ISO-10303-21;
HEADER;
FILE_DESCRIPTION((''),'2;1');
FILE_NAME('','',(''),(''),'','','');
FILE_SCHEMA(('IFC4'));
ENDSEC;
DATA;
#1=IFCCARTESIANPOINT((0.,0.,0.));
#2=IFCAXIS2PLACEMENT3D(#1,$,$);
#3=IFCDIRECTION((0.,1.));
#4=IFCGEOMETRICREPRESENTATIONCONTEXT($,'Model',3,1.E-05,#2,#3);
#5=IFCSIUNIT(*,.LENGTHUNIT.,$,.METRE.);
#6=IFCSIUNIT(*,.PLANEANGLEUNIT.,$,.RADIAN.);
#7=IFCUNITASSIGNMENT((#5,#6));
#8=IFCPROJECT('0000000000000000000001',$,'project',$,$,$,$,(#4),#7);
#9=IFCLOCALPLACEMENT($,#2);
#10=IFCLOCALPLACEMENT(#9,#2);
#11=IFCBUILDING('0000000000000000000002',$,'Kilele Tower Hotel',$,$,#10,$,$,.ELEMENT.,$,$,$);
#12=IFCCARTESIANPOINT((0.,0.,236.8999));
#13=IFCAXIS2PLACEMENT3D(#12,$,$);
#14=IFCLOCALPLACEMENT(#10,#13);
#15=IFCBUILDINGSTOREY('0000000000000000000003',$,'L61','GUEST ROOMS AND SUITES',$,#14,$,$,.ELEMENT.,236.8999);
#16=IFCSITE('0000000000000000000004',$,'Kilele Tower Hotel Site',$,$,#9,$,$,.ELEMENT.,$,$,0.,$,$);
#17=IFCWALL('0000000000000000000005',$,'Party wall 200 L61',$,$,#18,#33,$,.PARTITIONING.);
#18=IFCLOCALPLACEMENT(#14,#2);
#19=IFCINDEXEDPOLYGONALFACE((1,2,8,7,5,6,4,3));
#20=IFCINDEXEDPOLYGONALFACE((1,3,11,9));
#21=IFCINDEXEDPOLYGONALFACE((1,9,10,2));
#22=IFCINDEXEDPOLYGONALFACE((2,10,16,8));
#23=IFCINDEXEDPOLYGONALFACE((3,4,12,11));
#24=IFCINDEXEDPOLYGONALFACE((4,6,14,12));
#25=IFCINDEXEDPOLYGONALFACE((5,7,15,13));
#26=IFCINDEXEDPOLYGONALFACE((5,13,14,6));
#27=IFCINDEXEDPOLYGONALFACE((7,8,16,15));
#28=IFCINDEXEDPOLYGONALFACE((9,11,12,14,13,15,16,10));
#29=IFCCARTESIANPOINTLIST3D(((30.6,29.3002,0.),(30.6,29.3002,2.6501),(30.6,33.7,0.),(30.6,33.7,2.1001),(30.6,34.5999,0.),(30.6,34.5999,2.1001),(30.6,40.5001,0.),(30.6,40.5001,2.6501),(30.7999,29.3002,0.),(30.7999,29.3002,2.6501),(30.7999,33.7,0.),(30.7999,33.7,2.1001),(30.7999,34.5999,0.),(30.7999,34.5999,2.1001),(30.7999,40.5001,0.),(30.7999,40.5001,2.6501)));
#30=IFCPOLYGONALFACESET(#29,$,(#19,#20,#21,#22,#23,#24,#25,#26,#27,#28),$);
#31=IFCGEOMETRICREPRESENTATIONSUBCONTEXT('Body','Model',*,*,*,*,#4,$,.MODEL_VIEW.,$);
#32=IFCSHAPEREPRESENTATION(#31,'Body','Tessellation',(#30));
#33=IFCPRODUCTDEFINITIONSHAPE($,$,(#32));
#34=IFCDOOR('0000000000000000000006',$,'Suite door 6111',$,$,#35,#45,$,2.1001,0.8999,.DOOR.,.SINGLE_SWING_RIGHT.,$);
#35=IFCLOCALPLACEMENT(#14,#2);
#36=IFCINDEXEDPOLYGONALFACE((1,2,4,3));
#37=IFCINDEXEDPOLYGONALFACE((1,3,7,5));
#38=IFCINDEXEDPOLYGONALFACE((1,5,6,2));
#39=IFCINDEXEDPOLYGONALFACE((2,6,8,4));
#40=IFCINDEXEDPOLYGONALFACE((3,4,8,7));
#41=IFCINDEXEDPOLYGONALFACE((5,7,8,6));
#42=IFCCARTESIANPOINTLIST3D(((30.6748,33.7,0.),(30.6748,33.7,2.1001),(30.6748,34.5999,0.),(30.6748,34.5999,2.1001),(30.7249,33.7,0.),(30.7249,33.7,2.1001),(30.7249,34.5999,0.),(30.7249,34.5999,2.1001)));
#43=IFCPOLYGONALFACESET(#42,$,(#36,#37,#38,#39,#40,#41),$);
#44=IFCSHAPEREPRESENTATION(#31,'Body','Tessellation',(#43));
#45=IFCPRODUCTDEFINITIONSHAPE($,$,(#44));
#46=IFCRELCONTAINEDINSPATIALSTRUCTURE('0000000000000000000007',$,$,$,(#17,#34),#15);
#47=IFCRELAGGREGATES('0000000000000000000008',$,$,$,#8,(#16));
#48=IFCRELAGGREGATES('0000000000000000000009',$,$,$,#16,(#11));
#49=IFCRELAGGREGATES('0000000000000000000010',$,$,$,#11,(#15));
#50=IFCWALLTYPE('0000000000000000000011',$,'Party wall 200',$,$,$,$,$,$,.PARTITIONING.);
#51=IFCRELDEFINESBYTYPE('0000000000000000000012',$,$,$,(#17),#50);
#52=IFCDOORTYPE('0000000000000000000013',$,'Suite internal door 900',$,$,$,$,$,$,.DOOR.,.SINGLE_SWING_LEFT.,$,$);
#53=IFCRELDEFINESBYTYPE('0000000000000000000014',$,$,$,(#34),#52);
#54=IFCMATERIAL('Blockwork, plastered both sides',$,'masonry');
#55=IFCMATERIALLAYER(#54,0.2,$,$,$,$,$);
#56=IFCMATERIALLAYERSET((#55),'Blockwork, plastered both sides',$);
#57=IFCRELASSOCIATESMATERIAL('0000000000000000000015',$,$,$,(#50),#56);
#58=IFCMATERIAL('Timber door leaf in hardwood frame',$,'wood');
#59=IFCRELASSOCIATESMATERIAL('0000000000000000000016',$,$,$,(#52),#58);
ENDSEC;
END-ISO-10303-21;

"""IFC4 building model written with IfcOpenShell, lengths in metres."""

from ifc_helpers import new_model, si_unit, direction, frame, frame_2d, origin, place, context, subcontext, project, spatial, rectangle, extrude, material, layer, layer_set, type_object, element, fill, save


model = new_model("IFC4")

# Units and contexts
model_context = context("Model", 3, precision=1e-05, world=origin(), true_north=direction((0.0, 1.0)))
body_context = subcontext(model_context, "Body", "Model", "MODEL_VIEW")
ifc_project = project(units=[si_unit("LENGTHUNIT", "METRE"), si_unit("PLANEANGLEUNIT", "RADIAN")], contexts=[model_context])

# Site, building, storey
site_placement = place(None, origin())
site = spatial("IfcSite", under=ifc_project, at=site_placement, Name="Kilele Tower Hotel Site", CompositionType="ELEMENT", RefElevation=0.0)
building_placement = place(site_placement, origin())
building = spatial("IfcBuilding", under=site, at=building_placement, Name="Kilele Tower Hotel", CompositionType="ELEMENT")
storey_placement = place(building_placement, frame((0.0, 0.0, 236.8999)))
storey = spatial("IfcBuildingStorey", under=building, at=storey_placement, Name="L61", Description="GUEST ROOMS AND SUITES", CompositionType="ELEMENT", Elevation=236.8999)

# Shared definitions
ifc_material_1 = material(Name="Blockwork, plastered both sides", Category="masonry")
ifc_layer_1 = layer(ifc_material_1, 0.2)
ifc_layer_set_1 = layer_set([ifc_layer_1], Name="Blockwork, plastered both sides")
wall_type_1 = type_object("IfcWallType", Name="Party wall 200", PredefinedType="PARTITIONING", material=ifc_layer_set_1)

# Wall, opening, door
ifc_material_2 = material(Name="Timber door leaf in hardwood frame", Category="wood")
door_type_1 = type_object("IfcDoorType", Name="Suite internal door 900", OperationType="SINGLE_SWING_LEFT", PredefinedType="DOOR", material=ifc_material_2)
wall_1_placement = place(storey_placement, frame((30.7, 29.3, 0.0), z_axis=(0.0, 0.0, 1.0), x_axis=(0.0, 1.0, 0.0)))
wall_1 = element("IfcWall", 1, at=wall_1_placement, inside=storey, type_object=wall_type_1, Name="Party wall 200 L61", PredefinedType="PARTITIONING", context=body_context, shape_type="SweptSolid", body=[
    extrude(rectangle(XDim=11.2, YDim=0.2, at=frame_2d((5.6001, 0.0))), origin(), (0.0, 0.0, 1.0), 2.6501),
])
opening_1_placement = place(wall_1_placement, frame((5.2998, 0.0, 0.0), z_axis=(0.0, 0.0, 1.0), x_axis=(-1.0, 0.0, 0.0)))
opening_1 = element("IfcOpeningElement", 2, at=opening_1_placement, cuts=wall_1, PredefinedType="OPENING", context=body_context, shape_type="SweptSolid", body=[
    extrude(rectangle(XDim=0.8999, YDim=2.1001, at=frame_2d((0.45, 1.05))), frame((0.0, 0.1099, 0.0), z_axis=(0.0, -1.0, 0.0), x_axis=(1.0, 0.0, 0.0)), (0.0, 0.0, 1.0), 0.22),
])
door_1_placement = place(opening_1_placement, origin())
door_1 = element("IfcDoor", 3, at=door_1_placement, inside=storey, type_object=door_type_1, Name="Suite door 6111", OperationType="SINGLE_SWING_RIGHT", OverallHeight=2.1001, OverallWidth=0.8999, PredefinedType="DOOR", context=body_context, shape_type="SweptSolid", body=[
    extrude(rectangle(XDim=0.8999, YDim=2.1001, at=frame_2d((0.45, 1.05))), frame((0.0, 0.0249, 0.0), z_axis=(0.0, -1.0, 0.0), x_axis=(1.0, 0.0, 0.0)), (0.0, 0.0, 1.0), 0.05),
])
fill(opening_1, door_1)

save(model, "model.ifc")
